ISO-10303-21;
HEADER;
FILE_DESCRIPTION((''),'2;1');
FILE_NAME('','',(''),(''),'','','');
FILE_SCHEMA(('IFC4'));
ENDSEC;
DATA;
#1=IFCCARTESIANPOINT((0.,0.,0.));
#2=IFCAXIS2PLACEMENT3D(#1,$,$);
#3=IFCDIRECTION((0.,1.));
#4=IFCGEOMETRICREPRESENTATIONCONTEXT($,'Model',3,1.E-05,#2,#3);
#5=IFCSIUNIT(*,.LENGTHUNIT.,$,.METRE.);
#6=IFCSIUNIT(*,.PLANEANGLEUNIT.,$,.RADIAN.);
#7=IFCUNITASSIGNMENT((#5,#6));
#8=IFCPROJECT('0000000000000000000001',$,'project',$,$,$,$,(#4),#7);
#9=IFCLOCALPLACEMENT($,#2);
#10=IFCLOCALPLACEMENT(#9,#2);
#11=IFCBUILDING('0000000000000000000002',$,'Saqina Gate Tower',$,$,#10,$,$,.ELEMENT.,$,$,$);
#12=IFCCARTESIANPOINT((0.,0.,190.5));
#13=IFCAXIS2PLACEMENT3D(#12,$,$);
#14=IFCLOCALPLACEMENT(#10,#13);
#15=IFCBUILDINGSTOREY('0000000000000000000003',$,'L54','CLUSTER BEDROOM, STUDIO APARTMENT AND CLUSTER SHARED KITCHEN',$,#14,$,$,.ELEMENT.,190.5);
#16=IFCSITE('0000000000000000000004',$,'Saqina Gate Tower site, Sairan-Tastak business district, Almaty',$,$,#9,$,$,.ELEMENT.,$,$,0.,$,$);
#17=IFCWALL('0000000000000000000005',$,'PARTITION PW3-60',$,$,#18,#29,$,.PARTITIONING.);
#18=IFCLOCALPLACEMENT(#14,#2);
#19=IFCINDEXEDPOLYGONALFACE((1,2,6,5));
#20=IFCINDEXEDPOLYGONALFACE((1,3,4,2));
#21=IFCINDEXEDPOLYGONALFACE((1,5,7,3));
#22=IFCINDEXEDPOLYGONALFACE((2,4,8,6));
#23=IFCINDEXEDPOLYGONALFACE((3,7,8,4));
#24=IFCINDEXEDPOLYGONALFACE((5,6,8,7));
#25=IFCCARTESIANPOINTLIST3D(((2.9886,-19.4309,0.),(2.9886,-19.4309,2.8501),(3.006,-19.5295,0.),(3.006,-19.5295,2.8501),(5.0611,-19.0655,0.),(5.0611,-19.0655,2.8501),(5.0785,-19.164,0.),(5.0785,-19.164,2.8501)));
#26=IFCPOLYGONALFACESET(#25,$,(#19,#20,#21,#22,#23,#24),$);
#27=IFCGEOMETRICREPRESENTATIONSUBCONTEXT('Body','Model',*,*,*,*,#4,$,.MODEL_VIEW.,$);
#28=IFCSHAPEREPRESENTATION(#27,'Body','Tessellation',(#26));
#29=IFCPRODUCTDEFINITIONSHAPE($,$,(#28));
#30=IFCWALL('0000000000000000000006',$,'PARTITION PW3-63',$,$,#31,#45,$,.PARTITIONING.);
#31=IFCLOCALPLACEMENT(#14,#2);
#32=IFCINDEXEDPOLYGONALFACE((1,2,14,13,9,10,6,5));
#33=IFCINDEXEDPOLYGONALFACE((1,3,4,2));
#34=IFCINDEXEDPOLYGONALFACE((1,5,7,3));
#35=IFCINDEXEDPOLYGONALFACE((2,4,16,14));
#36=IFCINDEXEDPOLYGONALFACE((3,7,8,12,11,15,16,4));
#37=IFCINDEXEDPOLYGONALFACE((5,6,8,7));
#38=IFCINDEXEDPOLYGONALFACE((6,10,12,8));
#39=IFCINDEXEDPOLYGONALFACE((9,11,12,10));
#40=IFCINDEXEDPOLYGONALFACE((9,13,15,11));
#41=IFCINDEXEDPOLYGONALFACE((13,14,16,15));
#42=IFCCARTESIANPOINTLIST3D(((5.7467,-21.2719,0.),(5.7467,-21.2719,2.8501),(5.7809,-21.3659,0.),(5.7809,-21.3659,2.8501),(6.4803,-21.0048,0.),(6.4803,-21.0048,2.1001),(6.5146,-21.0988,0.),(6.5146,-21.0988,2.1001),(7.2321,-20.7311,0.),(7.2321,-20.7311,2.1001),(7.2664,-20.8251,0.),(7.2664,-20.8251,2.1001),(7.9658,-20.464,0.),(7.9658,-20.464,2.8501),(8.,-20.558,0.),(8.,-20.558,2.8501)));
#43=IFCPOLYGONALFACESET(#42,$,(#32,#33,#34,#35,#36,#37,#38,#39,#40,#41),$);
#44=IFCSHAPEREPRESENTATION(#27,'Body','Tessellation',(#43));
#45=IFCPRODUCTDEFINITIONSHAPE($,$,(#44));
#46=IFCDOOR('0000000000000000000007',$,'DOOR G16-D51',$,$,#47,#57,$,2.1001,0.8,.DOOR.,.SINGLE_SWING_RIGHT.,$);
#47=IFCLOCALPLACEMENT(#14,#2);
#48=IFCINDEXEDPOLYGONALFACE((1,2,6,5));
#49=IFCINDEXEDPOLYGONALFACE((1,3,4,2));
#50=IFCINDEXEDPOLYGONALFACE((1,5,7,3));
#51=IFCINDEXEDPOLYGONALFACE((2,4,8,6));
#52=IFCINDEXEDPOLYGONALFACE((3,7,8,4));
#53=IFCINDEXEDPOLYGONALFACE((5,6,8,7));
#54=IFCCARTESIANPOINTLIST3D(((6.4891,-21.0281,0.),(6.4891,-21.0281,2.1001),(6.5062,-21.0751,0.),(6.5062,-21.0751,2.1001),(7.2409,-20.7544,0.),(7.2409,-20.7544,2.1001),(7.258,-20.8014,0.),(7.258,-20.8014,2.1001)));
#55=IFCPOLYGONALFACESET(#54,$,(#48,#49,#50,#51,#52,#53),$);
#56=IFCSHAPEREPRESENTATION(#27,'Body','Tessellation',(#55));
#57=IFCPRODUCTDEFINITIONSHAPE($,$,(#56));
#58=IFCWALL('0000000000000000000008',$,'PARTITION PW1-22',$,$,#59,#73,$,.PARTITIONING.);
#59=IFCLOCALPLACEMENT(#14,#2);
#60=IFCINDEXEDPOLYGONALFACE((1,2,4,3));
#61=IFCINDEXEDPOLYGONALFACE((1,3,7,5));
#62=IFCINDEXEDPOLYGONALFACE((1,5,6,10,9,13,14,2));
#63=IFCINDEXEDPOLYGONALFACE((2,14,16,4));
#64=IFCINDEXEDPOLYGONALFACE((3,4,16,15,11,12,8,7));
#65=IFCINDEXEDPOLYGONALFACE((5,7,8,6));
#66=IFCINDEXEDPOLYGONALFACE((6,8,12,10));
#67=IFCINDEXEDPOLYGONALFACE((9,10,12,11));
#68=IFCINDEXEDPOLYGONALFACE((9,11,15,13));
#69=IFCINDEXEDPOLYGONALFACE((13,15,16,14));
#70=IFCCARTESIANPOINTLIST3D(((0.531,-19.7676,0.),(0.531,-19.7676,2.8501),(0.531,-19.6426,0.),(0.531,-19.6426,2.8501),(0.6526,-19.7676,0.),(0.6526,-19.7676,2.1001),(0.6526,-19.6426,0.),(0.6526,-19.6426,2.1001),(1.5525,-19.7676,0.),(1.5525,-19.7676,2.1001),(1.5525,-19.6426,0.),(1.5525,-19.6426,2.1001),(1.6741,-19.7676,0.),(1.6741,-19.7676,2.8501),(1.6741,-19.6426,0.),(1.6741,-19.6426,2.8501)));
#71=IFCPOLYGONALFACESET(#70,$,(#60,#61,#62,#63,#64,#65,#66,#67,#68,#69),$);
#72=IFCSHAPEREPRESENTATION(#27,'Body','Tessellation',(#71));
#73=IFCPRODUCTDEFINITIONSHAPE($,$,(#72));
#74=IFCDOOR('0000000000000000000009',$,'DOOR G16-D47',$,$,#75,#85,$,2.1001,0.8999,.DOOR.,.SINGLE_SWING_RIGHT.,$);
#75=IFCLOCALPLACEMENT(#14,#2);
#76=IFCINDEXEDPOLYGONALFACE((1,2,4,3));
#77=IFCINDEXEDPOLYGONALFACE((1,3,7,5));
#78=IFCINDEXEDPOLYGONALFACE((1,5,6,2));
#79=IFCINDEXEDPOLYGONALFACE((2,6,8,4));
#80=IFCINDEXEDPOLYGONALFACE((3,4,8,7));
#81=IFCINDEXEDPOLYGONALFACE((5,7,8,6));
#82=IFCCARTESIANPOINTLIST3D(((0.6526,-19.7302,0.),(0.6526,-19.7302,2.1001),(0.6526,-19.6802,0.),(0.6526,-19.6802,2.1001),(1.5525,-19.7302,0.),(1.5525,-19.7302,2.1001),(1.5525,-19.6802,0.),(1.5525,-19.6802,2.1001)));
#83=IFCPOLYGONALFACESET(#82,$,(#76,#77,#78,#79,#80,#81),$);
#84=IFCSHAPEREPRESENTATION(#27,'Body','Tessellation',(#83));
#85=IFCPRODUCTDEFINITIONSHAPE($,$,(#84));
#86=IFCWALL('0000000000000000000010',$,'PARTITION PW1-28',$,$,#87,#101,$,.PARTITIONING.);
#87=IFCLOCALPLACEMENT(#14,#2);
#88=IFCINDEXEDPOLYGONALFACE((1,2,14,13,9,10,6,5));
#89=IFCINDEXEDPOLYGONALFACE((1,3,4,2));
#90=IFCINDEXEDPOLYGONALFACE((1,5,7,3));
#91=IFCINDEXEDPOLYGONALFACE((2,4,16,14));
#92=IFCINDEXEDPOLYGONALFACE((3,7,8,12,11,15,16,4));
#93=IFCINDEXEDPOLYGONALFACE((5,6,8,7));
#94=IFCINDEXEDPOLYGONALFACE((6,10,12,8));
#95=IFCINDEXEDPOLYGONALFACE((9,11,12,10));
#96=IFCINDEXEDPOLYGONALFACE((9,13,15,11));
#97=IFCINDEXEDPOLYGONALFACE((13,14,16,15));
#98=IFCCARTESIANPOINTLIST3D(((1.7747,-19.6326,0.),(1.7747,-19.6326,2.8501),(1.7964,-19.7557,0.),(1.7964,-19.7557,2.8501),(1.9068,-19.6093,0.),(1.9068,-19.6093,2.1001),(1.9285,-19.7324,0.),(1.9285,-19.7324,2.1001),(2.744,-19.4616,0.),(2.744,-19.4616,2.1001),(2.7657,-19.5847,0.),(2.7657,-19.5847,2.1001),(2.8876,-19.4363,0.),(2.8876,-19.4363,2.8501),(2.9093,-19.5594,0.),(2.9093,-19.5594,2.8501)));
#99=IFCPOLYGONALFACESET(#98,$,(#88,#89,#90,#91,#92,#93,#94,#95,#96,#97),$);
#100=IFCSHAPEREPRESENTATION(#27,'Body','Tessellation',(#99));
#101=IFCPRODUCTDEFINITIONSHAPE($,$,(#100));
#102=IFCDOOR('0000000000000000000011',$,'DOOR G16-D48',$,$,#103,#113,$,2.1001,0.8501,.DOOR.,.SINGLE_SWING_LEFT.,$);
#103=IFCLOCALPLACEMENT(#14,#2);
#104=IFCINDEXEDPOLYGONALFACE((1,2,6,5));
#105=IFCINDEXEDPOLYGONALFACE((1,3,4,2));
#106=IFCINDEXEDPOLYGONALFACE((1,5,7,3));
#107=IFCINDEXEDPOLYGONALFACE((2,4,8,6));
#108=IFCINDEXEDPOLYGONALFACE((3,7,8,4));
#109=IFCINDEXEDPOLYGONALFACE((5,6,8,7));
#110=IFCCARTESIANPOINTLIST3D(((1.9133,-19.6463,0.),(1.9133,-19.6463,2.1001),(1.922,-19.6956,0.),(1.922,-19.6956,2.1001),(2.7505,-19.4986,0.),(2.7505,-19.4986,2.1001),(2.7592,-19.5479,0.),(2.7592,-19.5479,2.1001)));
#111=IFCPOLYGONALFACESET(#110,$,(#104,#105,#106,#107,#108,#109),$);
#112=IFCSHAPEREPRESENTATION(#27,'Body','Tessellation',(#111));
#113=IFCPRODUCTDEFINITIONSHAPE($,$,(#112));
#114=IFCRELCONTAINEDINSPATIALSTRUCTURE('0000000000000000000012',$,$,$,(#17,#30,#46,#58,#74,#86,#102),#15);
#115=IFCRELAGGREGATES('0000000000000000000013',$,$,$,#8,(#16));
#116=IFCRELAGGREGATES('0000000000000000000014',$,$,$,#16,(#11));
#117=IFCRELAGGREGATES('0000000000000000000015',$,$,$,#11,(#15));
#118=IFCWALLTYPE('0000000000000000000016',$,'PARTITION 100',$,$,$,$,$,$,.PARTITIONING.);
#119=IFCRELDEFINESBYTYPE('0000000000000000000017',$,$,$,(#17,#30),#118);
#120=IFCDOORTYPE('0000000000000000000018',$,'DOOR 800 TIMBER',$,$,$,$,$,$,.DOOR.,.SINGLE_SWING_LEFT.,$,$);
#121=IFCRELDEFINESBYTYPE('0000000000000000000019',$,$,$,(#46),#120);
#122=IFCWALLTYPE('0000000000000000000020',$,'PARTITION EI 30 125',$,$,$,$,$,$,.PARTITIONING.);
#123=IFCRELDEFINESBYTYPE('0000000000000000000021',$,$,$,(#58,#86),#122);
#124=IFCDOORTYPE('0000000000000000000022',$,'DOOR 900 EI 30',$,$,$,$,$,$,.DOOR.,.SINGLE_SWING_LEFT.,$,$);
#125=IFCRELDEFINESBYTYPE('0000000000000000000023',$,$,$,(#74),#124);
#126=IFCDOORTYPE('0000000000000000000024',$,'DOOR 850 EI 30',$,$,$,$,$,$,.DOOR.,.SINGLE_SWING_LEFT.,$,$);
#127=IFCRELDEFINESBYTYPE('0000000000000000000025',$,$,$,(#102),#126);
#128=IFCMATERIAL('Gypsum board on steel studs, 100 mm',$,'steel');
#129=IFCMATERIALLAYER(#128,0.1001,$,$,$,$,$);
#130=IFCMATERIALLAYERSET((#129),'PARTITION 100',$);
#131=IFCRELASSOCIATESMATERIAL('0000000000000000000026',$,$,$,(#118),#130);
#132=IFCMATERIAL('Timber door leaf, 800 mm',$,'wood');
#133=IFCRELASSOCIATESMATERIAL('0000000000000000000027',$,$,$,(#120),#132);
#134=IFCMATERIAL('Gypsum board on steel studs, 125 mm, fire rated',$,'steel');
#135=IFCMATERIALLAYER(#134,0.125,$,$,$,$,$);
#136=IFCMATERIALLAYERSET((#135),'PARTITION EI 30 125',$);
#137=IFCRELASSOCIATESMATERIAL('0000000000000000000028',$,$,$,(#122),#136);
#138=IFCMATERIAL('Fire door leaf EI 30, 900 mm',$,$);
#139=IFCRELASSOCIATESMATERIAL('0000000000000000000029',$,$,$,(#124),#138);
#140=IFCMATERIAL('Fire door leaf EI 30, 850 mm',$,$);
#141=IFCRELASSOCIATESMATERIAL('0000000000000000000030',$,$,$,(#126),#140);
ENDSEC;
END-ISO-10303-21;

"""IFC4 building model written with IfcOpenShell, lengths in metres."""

from ifc_helpers import new_model, si_unit, direction, frame, frame_2d, origin, place, context, subcontext, project, spatial, rectangle, extrude, material, layer, layer_set, type_object, element, fill, save


model = new_model("IFC4")

# Units and contexts
model_context = context("Model", 3, precision=1e-05, world=origin(), true_north=direction((0.0, 1.0)))
body_context = subcontext(model_context, "Body", "Model", "MODEL_VIEW")
ifc_project = project(units=[si_unit("LENGTHUNIT", "METRE"), si_unit("PLANEANGLEUNIT", "RADIAN")], contexts=[model_context])

# Site, building, storey
site_placement = place(None, origin())
site = spatial("IfcSite", under=ifc_project, at=site_placement, Name="Saqina Gate Tower site, Sairan-Tastak business district, Almaty", CompositionType="ELEMENT", RefElevation=0.0)
building_placement = place(site_placement, origin())
building = spatial("IfcBuilding", under=site, at=building_placement, Name="Saqina Gate Tower", CompositionType="ELEMENT")
storey_placement = place(building_placement, frame((0.0, 0.0, 190.5)))
storey = spatial("IfcBuildingStorey", under=building, at=storey_placement, Name="L54", Description="CLUSTER BEDROOM, STUDIO APARTMENT AND CLUSTER SHARED KITCHEN", CompositionType="ELEMENT", Elevation=190.5)

# Shared definitions
ifc_material_1 = material(Name="Gypsum board on steel studs, 100 mm", Category="steel")
ifc_layer_1 = layer(ifc_material_1, 0.1001)
ifc_layer_set_1 = layer_set([ifc_layer_1], Name="PARTITION 100")
wall_type_1 = type_object("IfcWallType", Name="PARTITION 100", PredefinedType="PARTITIONING", material=ifc_layer_set_1)

# Shared definitions
ifc_material_2 = material(Name="Timber door leaf, 800 mm", Category="wood")
door_type_1 = type_object("IfcDoorType", Name="DOOR 800 TIMBER", OperationType="SINGLE_SWING_LEFT", PredefinedType="DOOR", material=ifc_material_2)

# Wall
wall_1_placement = place(storey_placement, frame((2.9973, -19.4802, 0.0), z_axis=(0.0, 0.0, 1.0), x_axis=(0.984805, 0.173666, 0.0)))
element("IfcWall", 1, at=wall_1_placement, inside=storey, type_object=wall_type_1, Name="PARTITION PW3-60", PredefinedType="PARTITIONING", context=body_context, shape_type="SweptSolid", body=[
    extrude(rectangle(XDim=2.1045, YDim=0.1001, at=frame_2d((1.0522, 0.0))), origin(), (0.0, 0.0, 1.0), 2.8501),
])

# Walls, openings, doors
wall_2_placement = place(storey_placement, frame((5.7639, -21.3188, 0.0), z_axis=(0.0, 0.0, 1.0), x_axis=(0.939664, 0.3421, 0.0)))
wall_2 = element("IfcWall", 2, at=wall_2_placement, inside=storey, type_object=wall_type_1, Name="PARTITION PW3-63", PredefinedType="PARTITIONING", context=body_context, shape_type="SweptSolid", body=[
    extrude(rectangle(XDim=2.3616, YDim=0.1001, at=frame_2d((1.1807, 0.0))), origin(), (0.0, 0.0, 1.0), 2.8501),
])
opening_1_placement = place(wall_2_placement, frame((0.7808, 0.0, 0.0)))
opening_1 = element("IfcOpeningElement", 3, at=opening_1_placement, cuts=wall_2, PredefinedType="OPENING", context=body_context, shape_type="SweptSolid", body=[
    extrude(rectangle(XDim=0.8, YDim=2.1001, at=frame_2d((0.3999, 1.05))), frame((0.0, 0.062, 0.0), z_axis=(0.0, -1.0, 0.0), x_axis=(1.0, 0.0, 0.0)), (0.0, 0.0, 1.0), 0.124),
])
door_1_placement = place(opening_1_placement, frame((0.8, 0.0, 0.0), z_axis=(0.0, 0.0, 1.0), x_axis=(-1.0, 0.0, 0.0)))
door_1 = element("IfcDoor", 4, at=door_1_placement, inside=storey, type_object=door_type_1, Name="DOOR G16-D51", OperationType="SINGLE_SWING_RIGHT", OverallHeight=2.1001, OverallWidth=0.8, PredefinedType="DOOR", context=body_context, shape_type="SweptSolid", body=[
    extrude(rectangle(XDim=0.8, YDim=2.1001, at=frame_2d((0.3999, 1.05))), frame((0.0, 0.0249, 0.0), z_axis=(0.0, -1.0, 0.0), x_axis=(1.0, 0.0, 0.0)), (0.0, 0.0, 1.0), 0.05),
])
fill(opening_1, door_1)
ifc_material_3 = material(Name="Gypsum board on steel studs, 125 mm, fire rated", Category="steel")
ifc_layer_2 = layer(ifc_material_3, 0.125)
ifc_layer_set_2 = layer_set([ifc_layer_2], Name="PARTITION EI 30 125")
wall_type_2 = type_object("IfcWallType", Name="PARTITION EI 30 125", PredefinedType="PARTITIONING", material=ifc_layer_set_2)
wall_3_placement = place(storey_placement, frame((0.531, -19.7051, 0.0), z_axis=(0.0, 0.0, 1.0), x_axis=(1.0, 0.0, 0.0)))
wall_3 = element("IfcWall", 5, at=wall_3_placement, inside=storey, type_object=wall_type_2, Name="PARTITION PW1-22", PredefinedType="PARTITIONING", context=body_context, shape_type="SweptSolid", body=[
    extrude(rectangle(XDim=1.1431, YDim=0.125, at=frame_2d((0.5715, 0.0))), origin(), (0.0, 0.0, 1.0), 2.8501),
])
opening_2_placement = place(wall_3_placement, frame((0.1216, 0.0, 0.0)))
opening_2 = element("IfcOpeningElement", 6, at=opening_2_placement, cuts=wall_3, PredefinedType="OPENING", context=body_context, shape_type="SweptSolid", body=[
    extrude(rectangle(XDim=0.8999, YDim=2.1001, at=frame_2d((0.45, 1.05))), frame((0.0, 0.0745, 0.0), z_axis=(0.0, -1.0, 0.0), x_axis=(1.0, 0.0, 0.0)), (0.0, 0.0, 1.0), 0.1489),
])
ifc_material_4 = material(Name="Fire door leaf EI 30, 900 mm")
door_type_2 = type_object("IfcDoorType", Name="DOOR 900 EI 30", OperationType="SINGLE_SWING_LEFT", PredefinedType="DOOR", material=ifc_material_4)
door_2_placement = place(opening_2_placement, origin())
door_2 = element("IfcDoor", 7, at=door_2_placement, inside=storey, type_object=door_type_2, Name="DOOR G16-D47", OperationType="SINGLE_SWING_RIGHT", OverallHeight=2.1001, OverallWidth=0.8999, PredefinedType="DOOR", context=body_context, shape_type="SweptSolid", body=[
    extrude(rectangle(XDim=0.8999, YDim=2.1001, at=frame_2d((0.45, 1.05))), frame((0.0, 0.0249, 0.0), z_axis=(0.0, -1.0, 0.0), x_axis=(1.0, 0.0, 0.0)), (0.0, 0.0, 1.0), 0.05),
])
fill(opening_2, door_2)
wall_4_placement = place(storey_placement, frame((1.7856, -19.6941, 0.0), z_axis=(0.0, 0.0, 1.0), x_axis=(0.984803, 0.173674, 0.0)))
wall_4 = element("IfcWall", 8, at=wall_4_placement, inside=storey, type_object=wall_type_2, Name="PARTITION PW1-28", PredefinedType="PARTITIONING", context=body_context, shape_type="SweptSolid", body=[
    extrude(rectangle(XDim=1.1301, YDim=0.125, at=frame_2d((0.5649, 0.0))), origin(), (0.0, 0.0, 1.0), 2.8501),
])
opening_3_placement = place(wall_4_placement, frame((0.134, 0.0, 0.0)))
opening_3 = element("IfcOpeningElement", 9, at=opening_3_placement, cuts=wall_4, PredefinedType="OPENING", context=body_context, shape_type="SweptSolid", body=[
    extrude(rectangle(XDim=0.8501, YDim=2.1001, at=frame_2d((0.425, 1.05))), frame((0.0, 0.0745, 0.0), z_axis=(0.0, -1.0, 0.0), x_axis=(1.0, 0.0, 0.0)), (0.0, 0.0, 1.0), 0.1489),
])
ifc_material_5 = material(Name="Fire door leaf EI 30, 850 mm")
door_type_3 = type_object("IfcDoorType", Name="DOOR 850 EI 30", OperationType="SINGLE_SWING_LEFT", PredefinedType="DOOR", material=ifc_material_5)
door_3_placement = place(opening_3_placement, origin())
door_3 = element("IfcDoor", 10, at=door_3_placement, inside=storey, type_object=door_type_3, Name="DOOR G16-D48", OperationType="SINGLE_SWING_LEFT", OverallHeight=2.1001, OverallWidth=0.8501, PredefinedType="DOOR", context=body_context, shape_type="SweptSolid", body=[
    extrude(rectangle(XDim=0.8501, YDim=2.1001, at=frame_2d((0.425, 1.05))), frame((0.0, 0.0249, 0.0), z_axis=(0.0, -1.0, 0.0), x_axis=(1.0, 0.0, 0.0)), (0.0, 0.0, 1.0), 0.05),
])
fill(opening_3, door_3)

save(model, "model.ifc")
